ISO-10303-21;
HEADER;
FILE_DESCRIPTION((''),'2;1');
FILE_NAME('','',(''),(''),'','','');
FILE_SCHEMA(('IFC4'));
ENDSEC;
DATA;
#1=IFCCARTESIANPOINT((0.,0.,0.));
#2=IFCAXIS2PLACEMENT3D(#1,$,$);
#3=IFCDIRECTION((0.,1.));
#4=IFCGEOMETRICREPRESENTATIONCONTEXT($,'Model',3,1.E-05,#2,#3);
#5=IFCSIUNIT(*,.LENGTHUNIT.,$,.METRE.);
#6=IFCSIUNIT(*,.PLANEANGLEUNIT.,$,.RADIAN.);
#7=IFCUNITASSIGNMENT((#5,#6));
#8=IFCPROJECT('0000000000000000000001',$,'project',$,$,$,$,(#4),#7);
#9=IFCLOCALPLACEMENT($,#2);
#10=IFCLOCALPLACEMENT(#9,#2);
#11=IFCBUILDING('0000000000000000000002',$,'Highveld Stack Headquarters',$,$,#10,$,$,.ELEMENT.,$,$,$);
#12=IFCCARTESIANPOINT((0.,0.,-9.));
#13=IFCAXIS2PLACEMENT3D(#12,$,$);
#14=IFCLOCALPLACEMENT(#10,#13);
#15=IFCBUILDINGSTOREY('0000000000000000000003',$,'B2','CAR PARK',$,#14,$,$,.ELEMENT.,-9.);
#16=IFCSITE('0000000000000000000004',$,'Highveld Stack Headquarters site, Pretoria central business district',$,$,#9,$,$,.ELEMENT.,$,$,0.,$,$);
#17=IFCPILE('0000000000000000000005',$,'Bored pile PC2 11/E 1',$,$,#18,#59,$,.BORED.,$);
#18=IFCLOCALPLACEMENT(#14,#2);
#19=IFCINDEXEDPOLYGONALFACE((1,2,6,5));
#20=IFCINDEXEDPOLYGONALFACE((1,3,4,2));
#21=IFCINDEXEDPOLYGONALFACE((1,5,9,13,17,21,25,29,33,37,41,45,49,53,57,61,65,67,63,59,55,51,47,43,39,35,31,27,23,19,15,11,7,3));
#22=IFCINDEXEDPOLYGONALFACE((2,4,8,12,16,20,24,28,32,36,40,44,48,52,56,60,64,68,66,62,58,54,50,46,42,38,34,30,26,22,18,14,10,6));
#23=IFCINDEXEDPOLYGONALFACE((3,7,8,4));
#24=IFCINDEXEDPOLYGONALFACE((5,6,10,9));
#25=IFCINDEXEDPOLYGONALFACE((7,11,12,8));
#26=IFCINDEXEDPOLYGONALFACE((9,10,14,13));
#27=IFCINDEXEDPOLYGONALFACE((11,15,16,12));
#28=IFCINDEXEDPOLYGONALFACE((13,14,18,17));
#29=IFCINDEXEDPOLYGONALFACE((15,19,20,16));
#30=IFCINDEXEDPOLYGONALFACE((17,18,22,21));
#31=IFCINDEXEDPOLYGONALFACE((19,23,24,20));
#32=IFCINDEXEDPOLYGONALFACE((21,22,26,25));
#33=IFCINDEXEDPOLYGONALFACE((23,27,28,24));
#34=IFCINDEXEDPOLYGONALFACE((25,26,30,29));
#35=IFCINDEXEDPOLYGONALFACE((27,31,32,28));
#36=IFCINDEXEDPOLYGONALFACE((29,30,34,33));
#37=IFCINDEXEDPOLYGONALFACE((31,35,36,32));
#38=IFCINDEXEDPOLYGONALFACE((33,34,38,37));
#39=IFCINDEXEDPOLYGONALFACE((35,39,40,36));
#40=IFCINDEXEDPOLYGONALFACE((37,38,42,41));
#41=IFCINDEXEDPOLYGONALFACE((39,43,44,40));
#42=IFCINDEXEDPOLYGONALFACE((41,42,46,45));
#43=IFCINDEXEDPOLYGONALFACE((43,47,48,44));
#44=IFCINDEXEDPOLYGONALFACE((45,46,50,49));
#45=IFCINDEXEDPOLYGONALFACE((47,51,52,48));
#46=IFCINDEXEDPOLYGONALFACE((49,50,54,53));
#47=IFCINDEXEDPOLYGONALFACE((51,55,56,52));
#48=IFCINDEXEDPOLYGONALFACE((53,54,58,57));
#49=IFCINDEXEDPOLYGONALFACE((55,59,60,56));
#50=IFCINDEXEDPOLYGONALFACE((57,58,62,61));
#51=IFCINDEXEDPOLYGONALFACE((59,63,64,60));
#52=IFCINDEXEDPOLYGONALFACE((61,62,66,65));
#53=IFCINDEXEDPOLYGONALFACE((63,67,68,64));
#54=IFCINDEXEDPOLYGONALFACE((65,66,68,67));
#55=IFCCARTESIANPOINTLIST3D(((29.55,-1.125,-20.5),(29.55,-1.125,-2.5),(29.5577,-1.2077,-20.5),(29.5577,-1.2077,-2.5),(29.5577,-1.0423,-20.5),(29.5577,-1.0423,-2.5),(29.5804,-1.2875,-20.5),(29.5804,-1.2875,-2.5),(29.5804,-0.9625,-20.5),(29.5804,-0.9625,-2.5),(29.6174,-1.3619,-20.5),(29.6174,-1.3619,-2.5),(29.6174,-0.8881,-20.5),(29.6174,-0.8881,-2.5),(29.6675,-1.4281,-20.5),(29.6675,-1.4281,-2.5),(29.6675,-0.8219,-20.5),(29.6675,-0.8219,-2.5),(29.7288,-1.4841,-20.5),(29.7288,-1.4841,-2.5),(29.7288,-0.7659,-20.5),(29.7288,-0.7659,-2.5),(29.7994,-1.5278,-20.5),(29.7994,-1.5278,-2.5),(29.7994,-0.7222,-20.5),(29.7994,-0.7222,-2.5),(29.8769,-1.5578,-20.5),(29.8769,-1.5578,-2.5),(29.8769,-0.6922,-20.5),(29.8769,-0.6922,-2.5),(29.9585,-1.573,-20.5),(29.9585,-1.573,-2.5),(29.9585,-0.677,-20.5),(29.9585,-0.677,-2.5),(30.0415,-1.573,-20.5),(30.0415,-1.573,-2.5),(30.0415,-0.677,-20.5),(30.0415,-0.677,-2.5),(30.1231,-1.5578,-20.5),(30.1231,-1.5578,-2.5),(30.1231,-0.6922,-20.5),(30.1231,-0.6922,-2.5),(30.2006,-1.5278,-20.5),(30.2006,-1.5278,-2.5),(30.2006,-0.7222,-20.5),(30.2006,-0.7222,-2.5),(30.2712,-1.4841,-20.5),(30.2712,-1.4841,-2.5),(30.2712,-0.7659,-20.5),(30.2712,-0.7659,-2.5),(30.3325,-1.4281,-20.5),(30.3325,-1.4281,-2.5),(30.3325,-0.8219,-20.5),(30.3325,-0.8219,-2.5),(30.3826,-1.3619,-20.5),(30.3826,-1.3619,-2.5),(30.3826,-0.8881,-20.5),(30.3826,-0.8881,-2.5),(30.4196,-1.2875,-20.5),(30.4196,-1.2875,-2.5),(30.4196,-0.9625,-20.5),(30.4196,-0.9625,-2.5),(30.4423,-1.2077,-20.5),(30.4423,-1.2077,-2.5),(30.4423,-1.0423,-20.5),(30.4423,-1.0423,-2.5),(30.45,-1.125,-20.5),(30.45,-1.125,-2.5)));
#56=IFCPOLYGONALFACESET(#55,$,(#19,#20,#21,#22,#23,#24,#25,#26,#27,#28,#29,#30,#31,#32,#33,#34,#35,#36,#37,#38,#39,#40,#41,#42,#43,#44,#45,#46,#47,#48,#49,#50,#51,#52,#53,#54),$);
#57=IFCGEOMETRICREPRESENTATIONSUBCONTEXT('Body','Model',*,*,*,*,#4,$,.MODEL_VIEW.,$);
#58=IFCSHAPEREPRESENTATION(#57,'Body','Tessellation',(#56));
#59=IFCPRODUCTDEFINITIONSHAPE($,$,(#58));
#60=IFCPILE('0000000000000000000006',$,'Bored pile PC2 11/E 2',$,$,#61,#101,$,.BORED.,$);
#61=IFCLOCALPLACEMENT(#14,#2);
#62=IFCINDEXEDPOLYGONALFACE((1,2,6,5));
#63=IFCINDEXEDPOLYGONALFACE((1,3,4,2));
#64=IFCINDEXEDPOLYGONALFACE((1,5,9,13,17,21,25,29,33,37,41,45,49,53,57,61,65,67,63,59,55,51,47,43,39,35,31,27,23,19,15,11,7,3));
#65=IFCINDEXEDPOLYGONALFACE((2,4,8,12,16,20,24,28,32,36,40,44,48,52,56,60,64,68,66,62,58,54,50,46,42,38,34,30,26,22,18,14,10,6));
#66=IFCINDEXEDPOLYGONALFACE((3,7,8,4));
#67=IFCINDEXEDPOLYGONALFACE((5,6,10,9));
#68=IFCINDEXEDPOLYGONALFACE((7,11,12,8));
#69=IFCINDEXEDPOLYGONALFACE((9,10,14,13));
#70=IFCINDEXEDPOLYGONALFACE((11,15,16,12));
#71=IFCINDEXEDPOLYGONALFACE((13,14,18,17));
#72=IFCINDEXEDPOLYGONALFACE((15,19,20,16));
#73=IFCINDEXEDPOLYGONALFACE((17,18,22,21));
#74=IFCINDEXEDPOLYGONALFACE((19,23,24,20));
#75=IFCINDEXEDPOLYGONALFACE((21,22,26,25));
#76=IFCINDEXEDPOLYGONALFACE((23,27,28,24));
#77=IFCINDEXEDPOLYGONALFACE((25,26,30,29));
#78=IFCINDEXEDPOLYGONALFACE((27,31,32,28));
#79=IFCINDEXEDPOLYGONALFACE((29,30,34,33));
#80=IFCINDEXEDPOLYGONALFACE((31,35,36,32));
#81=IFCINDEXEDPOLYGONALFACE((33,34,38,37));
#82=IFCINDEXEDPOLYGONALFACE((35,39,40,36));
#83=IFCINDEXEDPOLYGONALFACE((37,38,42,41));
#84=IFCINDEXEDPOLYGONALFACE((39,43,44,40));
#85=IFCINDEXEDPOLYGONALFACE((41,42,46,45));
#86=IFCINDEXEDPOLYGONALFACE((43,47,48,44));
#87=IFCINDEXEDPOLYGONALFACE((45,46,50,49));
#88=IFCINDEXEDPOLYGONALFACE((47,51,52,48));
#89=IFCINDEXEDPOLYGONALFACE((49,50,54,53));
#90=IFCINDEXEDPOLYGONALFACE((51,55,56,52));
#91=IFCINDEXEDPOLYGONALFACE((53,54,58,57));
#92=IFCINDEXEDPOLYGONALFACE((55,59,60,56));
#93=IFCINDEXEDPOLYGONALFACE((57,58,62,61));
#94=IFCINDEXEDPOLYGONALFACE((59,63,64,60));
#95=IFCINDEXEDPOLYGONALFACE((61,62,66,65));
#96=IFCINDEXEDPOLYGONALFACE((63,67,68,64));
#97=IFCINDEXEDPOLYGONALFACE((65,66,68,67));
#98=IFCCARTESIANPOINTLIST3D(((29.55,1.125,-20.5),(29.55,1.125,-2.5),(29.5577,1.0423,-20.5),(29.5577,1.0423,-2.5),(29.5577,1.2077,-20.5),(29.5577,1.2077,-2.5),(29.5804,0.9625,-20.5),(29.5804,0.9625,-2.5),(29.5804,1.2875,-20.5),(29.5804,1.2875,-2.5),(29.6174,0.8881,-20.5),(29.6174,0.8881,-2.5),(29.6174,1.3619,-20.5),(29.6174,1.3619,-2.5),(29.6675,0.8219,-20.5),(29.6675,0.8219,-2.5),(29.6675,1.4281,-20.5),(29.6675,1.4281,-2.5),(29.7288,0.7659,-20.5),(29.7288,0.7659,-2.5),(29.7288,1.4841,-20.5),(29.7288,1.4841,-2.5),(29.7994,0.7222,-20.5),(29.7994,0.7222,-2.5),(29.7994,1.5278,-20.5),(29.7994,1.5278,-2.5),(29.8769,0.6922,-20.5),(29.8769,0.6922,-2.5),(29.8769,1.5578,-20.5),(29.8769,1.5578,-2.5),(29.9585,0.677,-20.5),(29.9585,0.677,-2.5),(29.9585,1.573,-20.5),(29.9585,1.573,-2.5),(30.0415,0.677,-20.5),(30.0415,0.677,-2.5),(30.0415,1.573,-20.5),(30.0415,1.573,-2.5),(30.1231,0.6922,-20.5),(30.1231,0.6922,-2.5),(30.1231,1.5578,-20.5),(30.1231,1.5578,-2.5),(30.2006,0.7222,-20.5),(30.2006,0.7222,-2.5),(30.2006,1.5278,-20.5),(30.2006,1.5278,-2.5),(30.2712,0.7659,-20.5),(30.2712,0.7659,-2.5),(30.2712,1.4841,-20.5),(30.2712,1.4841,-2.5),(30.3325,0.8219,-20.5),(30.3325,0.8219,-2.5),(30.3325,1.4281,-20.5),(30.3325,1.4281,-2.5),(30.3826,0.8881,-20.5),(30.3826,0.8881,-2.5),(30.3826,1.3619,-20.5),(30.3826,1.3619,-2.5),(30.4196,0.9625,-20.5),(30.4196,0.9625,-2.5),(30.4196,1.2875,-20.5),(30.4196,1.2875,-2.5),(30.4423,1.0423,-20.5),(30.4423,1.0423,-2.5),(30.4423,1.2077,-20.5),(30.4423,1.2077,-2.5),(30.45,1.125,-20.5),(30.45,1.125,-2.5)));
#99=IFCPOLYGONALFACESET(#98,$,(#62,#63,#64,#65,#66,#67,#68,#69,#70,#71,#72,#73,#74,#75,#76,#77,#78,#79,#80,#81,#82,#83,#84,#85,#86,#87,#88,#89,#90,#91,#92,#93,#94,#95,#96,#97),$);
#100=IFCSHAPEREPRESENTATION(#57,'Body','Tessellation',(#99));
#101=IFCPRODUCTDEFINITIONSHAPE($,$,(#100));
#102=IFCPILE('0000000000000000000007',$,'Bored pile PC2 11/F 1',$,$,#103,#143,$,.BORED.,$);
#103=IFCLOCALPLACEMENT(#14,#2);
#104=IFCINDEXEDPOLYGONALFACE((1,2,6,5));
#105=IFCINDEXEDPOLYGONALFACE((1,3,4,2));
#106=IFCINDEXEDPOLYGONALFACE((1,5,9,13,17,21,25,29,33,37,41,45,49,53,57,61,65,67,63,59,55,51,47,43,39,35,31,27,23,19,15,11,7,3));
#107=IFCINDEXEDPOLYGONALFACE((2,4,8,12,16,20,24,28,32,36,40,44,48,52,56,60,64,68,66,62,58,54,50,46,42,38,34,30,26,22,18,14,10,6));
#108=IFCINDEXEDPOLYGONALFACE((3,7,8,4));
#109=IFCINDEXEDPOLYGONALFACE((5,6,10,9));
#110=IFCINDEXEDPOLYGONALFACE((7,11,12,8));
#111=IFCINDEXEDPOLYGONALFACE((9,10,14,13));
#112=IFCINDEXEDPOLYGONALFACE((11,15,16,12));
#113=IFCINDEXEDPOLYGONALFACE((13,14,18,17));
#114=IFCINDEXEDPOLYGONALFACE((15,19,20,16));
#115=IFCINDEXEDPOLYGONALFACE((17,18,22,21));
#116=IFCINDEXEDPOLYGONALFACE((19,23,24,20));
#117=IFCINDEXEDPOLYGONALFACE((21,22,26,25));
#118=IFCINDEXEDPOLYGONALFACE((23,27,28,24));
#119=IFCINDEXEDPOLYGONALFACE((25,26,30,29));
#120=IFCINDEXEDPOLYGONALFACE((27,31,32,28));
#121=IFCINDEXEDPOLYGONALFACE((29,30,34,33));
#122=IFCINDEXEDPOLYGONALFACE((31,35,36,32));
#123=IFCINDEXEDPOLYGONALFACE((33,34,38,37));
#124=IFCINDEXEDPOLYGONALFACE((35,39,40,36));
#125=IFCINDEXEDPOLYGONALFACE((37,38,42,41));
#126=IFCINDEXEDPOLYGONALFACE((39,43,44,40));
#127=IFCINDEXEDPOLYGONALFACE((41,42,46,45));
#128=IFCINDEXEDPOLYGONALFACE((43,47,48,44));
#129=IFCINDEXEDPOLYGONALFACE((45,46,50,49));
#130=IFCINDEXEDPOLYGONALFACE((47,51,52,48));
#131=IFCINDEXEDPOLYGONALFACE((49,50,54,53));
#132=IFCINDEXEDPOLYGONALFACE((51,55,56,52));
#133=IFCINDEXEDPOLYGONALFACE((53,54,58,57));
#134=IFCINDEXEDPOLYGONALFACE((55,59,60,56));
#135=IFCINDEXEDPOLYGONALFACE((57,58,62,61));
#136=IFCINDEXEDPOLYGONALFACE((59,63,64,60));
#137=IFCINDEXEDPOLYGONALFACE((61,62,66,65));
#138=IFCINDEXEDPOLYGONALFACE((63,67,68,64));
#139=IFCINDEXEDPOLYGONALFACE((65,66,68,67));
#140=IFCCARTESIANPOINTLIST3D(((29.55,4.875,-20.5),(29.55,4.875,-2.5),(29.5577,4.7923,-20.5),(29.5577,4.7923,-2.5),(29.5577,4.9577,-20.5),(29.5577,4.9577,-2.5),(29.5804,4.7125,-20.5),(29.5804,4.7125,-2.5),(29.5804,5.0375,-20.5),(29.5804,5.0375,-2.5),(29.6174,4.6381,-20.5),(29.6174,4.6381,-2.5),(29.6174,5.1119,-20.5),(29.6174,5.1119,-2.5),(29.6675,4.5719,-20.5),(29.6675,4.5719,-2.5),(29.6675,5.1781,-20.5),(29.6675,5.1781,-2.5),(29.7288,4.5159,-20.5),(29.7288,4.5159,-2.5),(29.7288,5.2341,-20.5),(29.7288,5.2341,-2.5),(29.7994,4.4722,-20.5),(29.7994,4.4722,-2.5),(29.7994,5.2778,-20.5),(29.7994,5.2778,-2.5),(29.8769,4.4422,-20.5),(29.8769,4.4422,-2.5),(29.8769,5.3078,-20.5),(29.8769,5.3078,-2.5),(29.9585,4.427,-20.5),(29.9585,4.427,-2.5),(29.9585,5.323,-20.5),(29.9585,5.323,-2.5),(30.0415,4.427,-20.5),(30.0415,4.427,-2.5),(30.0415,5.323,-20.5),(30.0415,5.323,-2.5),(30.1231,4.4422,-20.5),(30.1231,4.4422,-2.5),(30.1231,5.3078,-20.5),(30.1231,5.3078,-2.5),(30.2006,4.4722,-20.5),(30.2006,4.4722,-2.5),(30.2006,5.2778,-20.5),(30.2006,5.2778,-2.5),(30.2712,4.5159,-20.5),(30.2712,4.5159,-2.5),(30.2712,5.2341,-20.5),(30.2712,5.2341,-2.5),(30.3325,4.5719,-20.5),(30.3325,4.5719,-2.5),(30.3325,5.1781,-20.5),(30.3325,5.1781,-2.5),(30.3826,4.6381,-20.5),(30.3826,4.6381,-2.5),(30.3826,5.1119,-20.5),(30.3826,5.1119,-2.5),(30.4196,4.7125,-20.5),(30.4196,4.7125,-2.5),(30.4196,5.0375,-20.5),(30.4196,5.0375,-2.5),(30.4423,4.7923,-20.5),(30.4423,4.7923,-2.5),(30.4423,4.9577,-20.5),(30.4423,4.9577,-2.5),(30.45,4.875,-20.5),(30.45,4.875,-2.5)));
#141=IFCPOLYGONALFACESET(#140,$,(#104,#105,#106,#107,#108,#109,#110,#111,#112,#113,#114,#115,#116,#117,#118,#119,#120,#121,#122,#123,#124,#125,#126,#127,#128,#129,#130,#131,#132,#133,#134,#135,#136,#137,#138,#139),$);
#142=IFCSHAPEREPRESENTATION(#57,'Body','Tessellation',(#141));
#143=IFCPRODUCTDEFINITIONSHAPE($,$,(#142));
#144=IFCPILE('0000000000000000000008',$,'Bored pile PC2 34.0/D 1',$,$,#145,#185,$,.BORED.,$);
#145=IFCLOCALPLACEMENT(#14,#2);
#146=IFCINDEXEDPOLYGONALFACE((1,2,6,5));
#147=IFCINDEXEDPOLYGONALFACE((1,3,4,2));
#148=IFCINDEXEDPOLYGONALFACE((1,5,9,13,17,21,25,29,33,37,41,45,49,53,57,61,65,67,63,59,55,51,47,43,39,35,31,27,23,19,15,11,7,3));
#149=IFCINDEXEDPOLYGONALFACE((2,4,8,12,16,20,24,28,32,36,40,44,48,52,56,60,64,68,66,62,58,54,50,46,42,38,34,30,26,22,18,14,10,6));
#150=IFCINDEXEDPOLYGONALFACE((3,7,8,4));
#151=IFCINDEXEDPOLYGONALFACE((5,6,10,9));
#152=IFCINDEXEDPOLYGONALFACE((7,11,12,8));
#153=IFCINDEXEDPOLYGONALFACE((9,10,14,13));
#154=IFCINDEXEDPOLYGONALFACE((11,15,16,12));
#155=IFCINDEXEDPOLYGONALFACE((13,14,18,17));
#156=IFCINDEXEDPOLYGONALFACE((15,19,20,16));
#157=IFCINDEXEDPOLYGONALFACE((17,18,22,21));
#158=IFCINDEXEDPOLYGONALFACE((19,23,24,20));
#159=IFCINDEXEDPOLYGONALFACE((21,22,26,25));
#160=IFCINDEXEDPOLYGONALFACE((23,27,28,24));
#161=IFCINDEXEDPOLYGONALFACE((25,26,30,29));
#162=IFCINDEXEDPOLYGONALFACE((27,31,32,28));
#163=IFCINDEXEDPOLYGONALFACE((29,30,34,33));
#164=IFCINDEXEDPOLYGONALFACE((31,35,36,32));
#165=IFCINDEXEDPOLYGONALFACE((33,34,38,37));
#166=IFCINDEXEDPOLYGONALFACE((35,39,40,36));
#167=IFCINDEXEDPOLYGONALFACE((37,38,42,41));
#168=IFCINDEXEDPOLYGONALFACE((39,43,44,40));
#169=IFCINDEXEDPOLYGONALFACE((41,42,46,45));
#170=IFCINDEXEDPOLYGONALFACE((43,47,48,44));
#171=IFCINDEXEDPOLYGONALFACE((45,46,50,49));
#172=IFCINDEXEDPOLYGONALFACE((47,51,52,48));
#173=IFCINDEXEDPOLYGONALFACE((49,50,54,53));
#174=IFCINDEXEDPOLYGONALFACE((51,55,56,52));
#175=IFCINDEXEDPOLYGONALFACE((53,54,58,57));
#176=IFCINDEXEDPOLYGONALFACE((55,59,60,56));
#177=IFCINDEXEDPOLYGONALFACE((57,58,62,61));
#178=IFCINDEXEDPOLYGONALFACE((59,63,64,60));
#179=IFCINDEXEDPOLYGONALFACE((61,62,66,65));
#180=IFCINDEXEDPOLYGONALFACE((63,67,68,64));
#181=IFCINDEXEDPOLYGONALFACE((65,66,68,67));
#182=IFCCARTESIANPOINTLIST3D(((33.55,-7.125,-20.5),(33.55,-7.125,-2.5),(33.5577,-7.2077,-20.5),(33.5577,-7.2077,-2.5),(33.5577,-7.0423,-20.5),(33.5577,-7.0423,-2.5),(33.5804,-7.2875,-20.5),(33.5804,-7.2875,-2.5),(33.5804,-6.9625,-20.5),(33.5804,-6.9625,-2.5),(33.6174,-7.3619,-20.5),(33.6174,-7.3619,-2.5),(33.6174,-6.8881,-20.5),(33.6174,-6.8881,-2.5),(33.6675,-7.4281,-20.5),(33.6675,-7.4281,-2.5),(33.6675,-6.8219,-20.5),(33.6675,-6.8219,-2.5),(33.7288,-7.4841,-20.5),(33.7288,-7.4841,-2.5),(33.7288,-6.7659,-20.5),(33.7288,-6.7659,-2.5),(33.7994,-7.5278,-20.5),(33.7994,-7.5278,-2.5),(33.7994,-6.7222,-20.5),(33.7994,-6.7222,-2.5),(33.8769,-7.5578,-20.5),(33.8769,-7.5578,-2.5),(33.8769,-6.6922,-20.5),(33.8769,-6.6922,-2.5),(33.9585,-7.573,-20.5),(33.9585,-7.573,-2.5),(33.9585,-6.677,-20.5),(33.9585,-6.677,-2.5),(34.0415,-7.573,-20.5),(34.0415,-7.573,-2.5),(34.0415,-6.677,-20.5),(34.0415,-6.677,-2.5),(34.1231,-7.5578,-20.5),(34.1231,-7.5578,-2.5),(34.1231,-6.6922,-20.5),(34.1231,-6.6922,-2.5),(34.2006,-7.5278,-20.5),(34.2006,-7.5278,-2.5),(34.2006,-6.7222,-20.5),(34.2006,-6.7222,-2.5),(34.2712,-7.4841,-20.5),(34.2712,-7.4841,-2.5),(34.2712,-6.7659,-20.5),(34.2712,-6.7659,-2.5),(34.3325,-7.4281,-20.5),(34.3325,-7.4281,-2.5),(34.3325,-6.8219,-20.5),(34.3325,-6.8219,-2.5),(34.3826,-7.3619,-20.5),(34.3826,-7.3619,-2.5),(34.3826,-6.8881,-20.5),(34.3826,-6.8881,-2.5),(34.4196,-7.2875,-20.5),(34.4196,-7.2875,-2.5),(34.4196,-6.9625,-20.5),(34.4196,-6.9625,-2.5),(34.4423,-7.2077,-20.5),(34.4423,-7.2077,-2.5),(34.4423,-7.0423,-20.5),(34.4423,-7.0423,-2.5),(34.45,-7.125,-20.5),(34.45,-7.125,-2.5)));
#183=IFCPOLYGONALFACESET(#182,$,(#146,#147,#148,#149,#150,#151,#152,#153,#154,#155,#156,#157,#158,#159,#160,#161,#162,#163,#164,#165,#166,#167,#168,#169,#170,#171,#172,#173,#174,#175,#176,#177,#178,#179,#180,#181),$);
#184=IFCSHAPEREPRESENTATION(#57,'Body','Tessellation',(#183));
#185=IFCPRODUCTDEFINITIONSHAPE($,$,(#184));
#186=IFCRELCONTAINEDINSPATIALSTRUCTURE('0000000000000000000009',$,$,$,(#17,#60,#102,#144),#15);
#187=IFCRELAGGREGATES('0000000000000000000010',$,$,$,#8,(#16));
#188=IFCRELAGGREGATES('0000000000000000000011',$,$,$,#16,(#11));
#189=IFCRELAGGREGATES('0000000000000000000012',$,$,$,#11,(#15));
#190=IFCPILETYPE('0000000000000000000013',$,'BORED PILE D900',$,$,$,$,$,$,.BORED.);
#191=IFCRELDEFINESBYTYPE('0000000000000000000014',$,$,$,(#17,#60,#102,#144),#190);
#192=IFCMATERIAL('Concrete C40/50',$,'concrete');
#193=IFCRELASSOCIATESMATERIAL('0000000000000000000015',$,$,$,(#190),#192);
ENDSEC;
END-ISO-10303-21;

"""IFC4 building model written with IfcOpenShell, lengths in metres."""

from ifc_helpers import new_model, si_unit, direction, frame, origin, origin_2d, place, context, subcontext, project, spatial, circle, extrude, material, type_object, element, save


model = new_model("IFC4")

# Units and contexts
model_context = context("Model", 3, precision=1e-05, world=origin(), true_north=direction((0.0, 1.0)))
body_context = subcontext(model_context, "Body", "Model", "MODEL_VIEW")
ifc_project = project(units=[si_unit("LENGTHUNIT", "METRE"), si_unit("PLANEANGLEUNIT", "RADIAN")], contexts=[model_context])

# Site, building, storey
site_placement = place(None, origin())
site = spatial("IfcSite", under=ifc_project, at=site_placement, Name="Highveld Stack Headquarters site, Pretoria central business district", CompositionType="ELEMENT", RefElevation=0.0)
building_placement = place(site_placement, origin())
building = spatial("IfcBuilding", under=site, at=building_placement, Name="Highveld Stack Headquarters", CompositionType="ELEMENT")
storey_placement = place(building_placement, frame((0.0, 0.0, -9.0)))
storey = spatial("IfcBuildingStorey", under=building, at=storey_placement, Name="B2", Description="CAR PARK", CompositionType="ELEMENT", Elevation=-9.0)

# Piles
ifc_material_1 = material(Name="Concrete C40/50", Category="concrete")
pile_type_1 = type_object("IfcPileType", Name="BORED PILE D900", PredefinedType="BORED", material=ifc_material_1)
for number, where, z_axis, x_axis, name in (
    (1, (30.0, -1.125, -2.5), (0.0, 0.0, -1.0), (1.0, 0.0, 0.0), "Bored pile PC2 11/E 1"),
    (2, (30.0, 1.125, -2.5), (0.0, 0.0, -1.0), (1.0, 0.0, 0.0), "Bored pile PC2 11/E 2"),
    (3, (30.0, 4.875, -2.5), (0.0, 0.0, -1.0), (1.0, 0.0, 0.0), "Bored pile PC2 11/F 1"),
    (4, (34.0, -7.125, -2.5), (0.0, 0.0, -1.0), (1.0, 0.0, 0.0), "Bored pile PC2 34.0/D 1"),
):
    element("IfcPile", number, at=place(storey_placement, frame(where, z_axis=z_axis, x_axis=x_axis)), inside=storey, type_object=pile_type_1, Name=name, PredefinedType="BORED", context=body_context, shape_type="SweptSolid", body=[
        extrude(circle(Radius=0.45, at=origin_2d()), origin(), (0.0, 0.0, 1.0), 18.0),
    ])

save(model, "model.ifc")
